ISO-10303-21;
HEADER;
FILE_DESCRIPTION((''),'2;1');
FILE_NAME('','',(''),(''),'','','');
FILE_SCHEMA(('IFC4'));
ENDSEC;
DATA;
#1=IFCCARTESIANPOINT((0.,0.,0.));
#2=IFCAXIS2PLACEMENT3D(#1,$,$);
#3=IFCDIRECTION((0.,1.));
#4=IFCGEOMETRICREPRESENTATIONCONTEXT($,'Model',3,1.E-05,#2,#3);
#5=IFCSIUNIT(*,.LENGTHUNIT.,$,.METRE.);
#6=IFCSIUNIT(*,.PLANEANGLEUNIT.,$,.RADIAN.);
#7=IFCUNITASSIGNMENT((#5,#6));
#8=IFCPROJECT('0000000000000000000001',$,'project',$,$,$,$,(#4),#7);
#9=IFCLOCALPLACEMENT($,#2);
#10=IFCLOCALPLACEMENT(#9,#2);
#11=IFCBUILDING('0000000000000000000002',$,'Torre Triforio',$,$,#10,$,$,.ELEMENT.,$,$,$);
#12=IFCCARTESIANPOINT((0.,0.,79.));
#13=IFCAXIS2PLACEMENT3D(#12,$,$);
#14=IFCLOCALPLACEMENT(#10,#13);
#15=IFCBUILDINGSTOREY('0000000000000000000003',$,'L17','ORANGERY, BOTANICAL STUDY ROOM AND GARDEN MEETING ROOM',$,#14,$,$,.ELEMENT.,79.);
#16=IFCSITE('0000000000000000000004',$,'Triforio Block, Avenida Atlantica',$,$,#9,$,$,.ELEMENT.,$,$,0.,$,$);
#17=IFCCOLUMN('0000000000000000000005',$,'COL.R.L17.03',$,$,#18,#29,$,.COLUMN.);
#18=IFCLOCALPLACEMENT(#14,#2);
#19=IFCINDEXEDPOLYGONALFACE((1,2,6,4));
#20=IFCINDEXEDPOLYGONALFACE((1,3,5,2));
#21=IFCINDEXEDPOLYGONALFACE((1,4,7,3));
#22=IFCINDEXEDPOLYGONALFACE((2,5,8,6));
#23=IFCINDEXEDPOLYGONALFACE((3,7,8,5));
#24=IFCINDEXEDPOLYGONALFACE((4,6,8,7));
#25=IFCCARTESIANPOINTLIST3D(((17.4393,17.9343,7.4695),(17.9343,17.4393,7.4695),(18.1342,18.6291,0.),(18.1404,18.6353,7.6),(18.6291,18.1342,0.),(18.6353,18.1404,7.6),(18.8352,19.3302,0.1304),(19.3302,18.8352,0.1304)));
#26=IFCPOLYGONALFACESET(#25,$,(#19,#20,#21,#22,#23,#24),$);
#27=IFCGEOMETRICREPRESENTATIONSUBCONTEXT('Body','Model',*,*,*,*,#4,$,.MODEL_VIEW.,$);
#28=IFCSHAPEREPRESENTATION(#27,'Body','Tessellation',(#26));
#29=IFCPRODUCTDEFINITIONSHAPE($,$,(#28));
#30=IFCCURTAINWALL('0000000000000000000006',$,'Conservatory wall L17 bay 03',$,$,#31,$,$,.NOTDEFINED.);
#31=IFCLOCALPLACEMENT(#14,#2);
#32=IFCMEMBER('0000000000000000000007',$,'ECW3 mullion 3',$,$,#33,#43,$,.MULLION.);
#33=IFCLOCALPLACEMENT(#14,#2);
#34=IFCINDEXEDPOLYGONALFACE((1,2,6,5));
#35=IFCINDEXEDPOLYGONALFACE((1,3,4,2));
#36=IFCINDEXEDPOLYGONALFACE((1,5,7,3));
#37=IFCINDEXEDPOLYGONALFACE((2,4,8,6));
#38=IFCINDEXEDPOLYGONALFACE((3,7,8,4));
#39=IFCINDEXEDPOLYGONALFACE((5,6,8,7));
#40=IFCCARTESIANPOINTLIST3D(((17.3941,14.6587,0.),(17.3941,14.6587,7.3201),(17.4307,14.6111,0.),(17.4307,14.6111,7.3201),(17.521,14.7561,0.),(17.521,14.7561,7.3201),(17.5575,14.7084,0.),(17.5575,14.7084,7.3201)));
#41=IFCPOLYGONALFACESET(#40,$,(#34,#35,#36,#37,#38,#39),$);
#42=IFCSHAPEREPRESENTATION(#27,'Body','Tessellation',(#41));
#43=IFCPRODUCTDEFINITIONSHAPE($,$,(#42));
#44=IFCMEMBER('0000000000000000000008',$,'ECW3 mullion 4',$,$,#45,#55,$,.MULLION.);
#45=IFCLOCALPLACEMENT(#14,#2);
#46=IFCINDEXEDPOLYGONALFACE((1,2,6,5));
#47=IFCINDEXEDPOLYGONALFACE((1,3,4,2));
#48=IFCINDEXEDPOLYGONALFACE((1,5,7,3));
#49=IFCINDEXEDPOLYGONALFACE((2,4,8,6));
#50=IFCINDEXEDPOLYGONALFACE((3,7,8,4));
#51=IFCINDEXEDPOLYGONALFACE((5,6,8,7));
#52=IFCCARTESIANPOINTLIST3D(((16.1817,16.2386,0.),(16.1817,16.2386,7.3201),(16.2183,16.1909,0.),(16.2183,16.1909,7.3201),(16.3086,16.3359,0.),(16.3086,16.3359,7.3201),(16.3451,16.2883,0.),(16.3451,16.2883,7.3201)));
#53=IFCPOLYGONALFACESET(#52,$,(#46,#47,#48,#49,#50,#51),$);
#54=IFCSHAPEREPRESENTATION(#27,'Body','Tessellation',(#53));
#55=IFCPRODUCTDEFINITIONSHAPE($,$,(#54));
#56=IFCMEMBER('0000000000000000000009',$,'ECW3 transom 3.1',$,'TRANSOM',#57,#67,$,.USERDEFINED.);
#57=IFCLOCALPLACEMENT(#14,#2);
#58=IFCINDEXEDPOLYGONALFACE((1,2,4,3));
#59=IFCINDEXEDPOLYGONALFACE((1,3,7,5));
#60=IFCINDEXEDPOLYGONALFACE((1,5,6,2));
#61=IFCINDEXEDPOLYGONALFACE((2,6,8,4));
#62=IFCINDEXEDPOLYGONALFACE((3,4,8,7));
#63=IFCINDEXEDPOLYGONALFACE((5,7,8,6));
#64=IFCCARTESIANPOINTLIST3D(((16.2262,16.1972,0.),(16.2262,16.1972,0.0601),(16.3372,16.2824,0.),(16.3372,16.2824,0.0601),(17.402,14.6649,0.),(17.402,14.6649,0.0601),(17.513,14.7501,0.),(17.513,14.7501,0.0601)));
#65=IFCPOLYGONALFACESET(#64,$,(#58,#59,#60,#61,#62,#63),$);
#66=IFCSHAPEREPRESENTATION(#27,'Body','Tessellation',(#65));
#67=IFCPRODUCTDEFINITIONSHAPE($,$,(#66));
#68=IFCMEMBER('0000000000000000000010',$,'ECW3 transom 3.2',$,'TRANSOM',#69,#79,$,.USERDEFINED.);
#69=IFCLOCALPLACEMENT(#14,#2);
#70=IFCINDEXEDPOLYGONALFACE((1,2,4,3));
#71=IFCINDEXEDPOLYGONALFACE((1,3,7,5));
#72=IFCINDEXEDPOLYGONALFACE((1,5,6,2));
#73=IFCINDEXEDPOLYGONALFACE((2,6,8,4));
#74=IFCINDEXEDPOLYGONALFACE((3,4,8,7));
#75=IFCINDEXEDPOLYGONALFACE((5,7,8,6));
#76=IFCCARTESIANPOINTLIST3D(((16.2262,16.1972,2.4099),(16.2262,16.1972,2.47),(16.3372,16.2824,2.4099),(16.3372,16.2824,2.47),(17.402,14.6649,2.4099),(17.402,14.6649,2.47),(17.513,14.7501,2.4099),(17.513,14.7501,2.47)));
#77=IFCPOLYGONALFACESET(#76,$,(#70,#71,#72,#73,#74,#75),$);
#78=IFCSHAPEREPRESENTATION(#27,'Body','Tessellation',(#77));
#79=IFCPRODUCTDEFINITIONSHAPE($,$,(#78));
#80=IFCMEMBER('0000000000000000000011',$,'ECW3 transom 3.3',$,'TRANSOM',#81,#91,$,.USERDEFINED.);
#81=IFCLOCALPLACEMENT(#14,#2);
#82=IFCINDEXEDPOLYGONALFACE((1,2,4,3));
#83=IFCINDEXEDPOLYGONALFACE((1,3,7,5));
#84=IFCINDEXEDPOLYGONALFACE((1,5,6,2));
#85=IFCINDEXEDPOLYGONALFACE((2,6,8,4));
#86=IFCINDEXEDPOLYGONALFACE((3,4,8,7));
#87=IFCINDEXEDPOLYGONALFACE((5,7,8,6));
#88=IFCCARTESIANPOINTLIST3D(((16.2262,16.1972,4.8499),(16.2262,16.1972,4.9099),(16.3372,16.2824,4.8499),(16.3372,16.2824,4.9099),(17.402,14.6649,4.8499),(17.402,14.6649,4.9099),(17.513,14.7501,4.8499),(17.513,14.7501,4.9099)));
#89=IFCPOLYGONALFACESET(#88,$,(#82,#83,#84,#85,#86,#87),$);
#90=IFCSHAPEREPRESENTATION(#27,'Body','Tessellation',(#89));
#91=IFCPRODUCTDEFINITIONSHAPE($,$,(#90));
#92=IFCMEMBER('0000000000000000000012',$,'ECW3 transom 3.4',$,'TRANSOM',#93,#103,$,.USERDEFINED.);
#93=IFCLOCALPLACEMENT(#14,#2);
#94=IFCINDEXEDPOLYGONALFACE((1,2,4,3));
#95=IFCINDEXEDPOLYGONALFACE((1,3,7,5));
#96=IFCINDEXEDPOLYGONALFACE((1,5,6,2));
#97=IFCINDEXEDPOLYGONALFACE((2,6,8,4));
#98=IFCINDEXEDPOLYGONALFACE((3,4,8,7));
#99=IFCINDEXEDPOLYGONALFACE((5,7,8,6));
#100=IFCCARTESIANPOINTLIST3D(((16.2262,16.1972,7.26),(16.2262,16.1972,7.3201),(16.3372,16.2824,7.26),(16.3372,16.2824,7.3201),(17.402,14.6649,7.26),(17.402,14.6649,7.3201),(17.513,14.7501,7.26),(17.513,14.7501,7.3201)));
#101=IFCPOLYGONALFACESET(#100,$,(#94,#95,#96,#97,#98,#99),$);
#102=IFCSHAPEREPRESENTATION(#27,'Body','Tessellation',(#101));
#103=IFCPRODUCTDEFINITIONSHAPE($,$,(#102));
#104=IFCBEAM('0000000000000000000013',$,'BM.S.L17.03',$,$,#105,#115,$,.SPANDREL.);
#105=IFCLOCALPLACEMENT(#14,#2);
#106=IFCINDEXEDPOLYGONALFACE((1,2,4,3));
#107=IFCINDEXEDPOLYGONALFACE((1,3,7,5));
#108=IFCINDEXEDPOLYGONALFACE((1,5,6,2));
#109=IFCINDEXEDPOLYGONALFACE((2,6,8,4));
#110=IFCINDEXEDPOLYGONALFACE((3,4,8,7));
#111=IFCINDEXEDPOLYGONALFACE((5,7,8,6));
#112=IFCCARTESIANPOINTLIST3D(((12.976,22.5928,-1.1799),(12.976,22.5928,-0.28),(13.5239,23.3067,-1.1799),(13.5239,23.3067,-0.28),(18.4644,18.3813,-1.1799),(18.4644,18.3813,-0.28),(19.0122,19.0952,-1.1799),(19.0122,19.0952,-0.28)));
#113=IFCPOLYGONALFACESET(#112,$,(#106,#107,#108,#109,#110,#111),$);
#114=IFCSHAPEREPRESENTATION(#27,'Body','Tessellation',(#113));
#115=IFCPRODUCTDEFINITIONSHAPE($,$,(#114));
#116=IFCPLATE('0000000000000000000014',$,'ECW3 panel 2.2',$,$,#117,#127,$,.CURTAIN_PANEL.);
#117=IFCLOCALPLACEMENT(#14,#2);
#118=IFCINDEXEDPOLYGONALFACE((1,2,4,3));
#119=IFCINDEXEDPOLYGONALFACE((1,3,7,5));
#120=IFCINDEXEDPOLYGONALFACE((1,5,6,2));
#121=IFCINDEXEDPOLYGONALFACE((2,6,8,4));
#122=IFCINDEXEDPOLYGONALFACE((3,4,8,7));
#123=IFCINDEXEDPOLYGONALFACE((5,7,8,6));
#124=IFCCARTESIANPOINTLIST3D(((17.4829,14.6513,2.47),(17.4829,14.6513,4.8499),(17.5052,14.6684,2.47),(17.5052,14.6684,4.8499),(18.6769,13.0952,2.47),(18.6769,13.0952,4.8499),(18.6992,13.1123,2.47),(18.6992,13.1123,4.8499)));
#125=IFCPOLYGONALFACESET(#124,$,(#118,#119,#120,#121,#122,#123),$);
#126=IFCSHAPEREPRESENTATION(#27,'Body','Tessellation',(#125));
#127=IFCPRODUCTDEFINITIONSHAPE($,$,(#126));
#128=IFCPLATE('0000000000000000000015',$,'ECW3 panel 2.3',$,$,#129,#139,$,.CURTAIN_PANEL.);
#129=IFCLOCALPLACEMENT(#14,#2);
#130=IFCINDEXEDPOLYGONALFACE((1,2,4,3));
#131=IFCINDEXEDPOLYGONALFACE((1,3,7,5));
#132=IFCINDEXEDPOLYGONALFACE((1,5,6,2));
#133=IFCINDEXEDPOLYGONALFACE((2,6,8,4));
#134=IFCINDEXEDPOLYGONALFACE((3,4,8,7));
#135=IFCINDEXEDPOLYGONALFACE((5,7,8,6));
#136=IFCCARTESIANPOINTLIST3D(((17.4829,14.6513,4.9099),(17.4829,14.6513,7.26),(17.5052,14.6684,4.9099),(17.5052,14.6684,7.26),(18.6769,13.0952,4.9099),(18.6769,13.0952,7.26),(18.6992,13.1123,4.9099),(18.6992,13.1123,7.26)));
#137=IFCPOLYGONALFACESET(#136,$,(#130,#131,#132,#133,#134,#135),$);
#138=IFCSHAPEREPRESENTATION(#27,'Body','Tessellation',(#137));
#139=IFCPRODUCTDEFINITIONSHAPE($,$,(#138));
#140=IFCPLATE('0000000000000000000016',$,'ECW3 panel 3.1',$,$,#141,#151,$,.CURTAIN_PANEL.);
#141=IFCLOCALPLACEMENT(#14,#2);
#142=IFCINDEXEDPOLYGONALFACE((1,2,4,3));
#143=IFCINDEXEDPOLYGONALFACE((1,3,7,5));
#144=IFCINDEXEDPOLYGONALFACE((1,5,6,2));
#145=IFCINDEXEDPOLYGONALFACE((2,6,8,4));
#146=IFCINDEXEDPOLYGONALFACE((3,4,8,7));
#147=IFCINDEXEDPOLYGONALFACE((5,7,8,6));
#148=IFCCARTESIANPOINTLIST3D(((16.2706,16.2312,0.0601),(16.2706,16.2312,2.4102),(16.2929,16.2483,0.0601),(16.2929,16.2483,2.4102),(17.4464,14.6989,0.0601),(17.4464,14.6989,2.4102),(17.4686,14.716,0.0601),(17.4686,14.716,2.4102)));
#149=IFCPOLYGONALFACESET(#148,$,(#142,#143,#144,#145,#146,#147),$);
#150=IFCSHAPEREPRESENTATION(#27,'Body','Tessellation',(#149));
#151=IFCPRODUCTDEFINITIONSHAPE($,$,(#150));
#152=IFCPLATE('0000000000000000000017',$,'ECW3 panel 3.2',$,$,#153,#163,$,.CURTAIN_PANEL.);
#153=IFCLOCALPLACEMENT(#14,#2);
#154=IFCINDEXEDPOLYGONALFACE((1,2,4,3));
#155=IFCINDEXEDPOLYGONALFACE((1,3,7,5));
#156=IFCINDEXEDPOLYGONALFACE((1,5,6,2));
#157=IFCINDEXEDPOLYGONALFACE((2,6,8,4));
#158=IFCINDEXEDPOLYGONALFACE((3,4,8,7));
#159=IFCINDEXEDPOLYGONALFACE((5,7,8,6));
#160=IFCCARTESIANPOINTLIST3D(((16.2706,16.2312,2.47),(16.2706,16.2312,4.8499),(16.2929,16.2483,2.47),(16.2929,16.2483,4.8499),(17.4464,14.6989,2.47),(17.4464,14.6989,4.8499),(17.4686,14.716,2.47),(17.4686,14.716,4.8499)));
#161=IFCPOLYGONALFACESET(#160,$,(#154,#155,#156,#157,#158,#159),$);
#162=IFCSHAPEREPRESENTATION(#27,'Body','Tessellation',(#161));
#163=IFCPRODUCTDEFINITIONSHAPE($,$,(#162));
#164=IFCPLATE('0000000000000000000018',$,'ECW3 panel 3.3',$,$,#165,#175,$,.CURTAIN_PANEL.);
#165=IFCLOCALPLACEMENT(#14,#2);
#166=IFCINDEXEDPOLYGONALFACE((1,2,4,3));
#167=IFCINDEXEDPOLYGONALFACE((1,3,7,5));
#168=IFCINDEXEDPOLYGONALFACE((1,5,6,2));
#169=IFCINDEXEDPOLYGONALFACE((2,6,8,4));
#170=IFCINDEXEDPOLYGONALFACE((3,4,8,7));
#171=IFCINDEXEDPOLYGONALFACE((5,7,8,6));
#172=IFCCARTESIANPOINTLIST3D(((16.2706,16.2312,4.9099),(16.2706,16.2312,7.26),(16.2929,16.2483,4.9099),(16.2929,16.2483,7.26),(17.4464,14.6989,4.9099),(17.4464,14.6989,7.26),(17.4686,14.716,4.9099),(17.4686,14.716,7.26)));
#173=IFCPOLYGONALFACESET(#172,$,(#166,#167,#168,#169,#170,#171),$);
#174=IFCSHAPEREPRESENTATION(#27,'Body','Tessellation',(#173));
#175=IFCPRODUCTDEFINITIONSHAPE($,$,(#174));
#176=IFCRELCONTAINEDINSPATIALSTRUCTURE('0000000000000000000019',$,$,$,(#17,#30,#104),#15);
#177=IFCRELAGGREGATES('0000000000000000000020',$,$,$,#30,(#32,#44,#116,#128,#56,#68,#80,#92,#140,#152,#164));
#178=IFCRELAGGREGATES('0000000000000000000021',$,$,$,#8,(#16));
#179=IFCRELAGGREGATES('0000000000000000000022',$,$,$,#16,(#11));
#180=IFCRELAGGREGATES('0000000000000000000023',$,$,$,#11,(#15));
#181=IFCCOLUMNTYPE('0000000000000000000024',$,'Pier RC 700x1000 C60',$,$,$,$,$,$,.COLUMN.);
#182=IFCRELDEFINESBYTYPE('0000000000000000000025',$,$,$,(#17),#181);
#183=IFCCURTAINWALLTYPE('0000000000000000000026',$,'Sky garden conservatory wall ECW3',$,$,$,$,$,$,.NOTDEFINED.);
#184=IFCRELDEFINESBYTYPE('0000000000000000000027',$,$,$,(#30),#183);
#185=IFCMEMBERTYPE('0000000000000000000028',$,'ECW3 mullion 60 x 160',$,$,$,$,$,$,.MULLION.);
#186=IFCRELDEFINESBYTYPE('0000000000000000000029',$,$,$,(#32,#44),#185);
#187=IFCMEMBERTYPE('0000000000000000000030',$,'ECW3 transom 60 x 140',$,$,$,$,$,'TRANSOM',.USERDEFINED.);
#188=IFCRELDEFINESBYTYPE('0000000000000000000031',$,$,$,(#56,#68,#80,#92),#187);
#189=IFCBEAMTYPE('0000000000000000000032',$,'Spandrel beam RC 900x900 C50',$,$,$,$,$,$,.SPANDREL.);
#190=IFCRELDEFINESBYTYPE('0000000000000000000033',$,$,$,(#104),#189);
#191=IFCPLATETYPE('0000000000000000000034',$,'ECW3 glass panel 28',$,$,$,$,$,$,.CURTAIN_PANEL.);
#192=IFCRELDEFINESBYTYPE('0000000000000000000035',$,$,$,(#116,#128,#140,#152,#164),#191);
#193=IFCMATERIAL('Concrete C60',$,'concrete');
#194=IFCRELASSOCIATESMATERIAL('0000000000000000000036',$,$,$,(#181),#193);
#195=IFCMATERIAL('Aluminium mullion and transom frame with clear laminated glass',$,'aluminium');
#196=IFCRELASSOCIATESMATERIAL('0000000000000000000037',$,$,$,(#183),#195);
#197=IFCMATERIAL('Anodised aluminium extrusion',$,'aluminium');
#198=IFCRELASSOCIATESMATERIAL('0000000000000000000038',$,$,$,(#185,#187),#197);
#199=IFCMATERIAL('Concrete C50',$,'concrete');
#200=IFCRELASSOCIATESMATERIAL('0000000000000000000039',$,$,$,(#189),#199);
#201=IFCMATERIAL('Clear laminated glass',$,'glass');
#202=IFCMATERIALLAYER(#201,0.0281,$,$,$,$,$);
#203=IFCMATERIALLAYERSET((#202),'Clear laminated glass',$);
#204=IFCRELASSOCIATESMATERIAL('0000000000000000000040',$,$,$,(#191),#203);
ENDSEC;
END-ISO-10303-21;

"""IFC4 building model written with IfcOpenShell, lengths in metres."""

from ifc_helpers import new_model, si_unit, direction, frame, origin, origin_2d, place, context, subcontext, project, spatial, rectangle, extrude, material, layer, layer_set, material_profile, profile_set, type_object, element, aggregate, save


model = new_model("IFC4")

# Units and contexts
model_context = context("Model", 3, precision=1e-05, world=origin(), true_north=direction((0.0, 1.0)))
body_context = subcontext(model_context, "Body", "Model", "MODEL_VIEW")
ifc_project = project(units=[si_unit("LENGTHUNIT", "METRE"), si_unit("PLANEANGLEUNIT", "RADIAN")], contexts=[model_context])

# Site, building, storey
site_placement = place(None, origin())
site = spatial("IfcSite", under=ifc_project, at=site_placement, Name="Triforio Block, Avenida Atlantica", CompositionType="ELEMENT", RefElevation=0.0)
building_placement = place(site_placement, origin())
building = spatial("IfcBuilding", under=site, at=building_placement, Name="Torre Triforio", CompositionType="ELEMENT")
storey_placement = place(building_placement, frame((0.0, 0.0, 79.0)))
storey = spatial("IfcBuildingStorey", under=building, at=storey_placement, Name="L17", Description="ORANGERY, BOTANICAL STUDY ROOM AND GARDEN MEETING ROOM", CompositionType="ELEMENT", Elevation=79.0)

# Column
ifc_material_1 = material(Name="Concrete C60", Category="concrete")
ifc_material_profile_1 = material_profile(ifc_material_1, rectangle(XDim=0.7, YDim=1.0, at=origin_2d()), Name="RC 700x1000")
ifc_profile_set_1 = profile_set([ifc_material_profile_1], Name="Concrete C60")
column_type = type_object("IfcColumnType", Name="Pier RC 700x1000 C60", PredefinedType="COLUMN", material=ifc_profile_set_1)
column_placement = place(storey_placement, frame((18.7322, 18.7322, 0.0652), z_axis=(-0.092227, -0.092227, 0.991458), x_axis=(0.707107, -0.707107, 0.0)))
element("IfcColumn", 1, at=column_placement, inside=storey, type_object=column_type, Name="COL.R.L17.03", PredefinedType="COLUMN", context=body_context, shape_type="SweptSolid", body=[
    extrude(rectangle(XDim=0.7, YDim=1.0, at=origin_2d()), origin(), (0.0, 0.0, 1.0), 7.5339),
])

# Curtain wall, members
ifc_material_2 = material(Name="Aluminium mullion and transom frame with clear laminated glass", Category="aluminium")
curtain_wall_type = type_object("IfcCurtainWallType", Name="Sky garden conservatory wall ECW3", PredefinedType="NOTDEFINED", material=ifc_material_2)
curtain_wall_placement = place(storey_placement, origin())
curtain_wall = element("IfcCurtainWall", 2, at=curtain_wall_placement, inside=storey, type_object=curtain_wall_type, Name="Conservatory wall L17 bay 03", PredefinedType="NOTDEFINED")
ifc_material_3 = material(Name="Anodised aluminium extrusion", Category="aluminium")
ifc_material_profile_2 = material_profile(ifc_material_3, rectangle(XDim=0.1599, YDim=0.0601, at=origin_2d()), Name="ECW3 MULLION 60x160")
ifc_profile_set_2 = profile_set([ifc_material_profile_2], Name="Anodised aluminium extrusion")
member_type_1 = type_object("IfcMemberType", Name="ECW3 mullion 60 x 160", PredefinedType="MULLION", material=ifc_profile_set_2)
member_1_placement = place(storey_placement, frame((17.4758, 14.6836, 0.0), z_axis=(0.0, 0.0, 1.0), x_axis=(-0.79336, -0.608752, 0.0)))
member_1 = element("IfcMember", 3, at=member_1_placement, type_object=member_type_1, Name="ECW3 mullion 3", PredefinedType="MULLION", context=body_context, shape_type="SweptSolid", body=[
    extrude(rectangle(XDim=0.1599, YDim=0.0601, at=origin_2d()), origin(), (0.0, 0.0, 1.0), 7.3201),
])
member_2_placement = place(storey_placement, frame((16.2634, 16.2634, 0.0), z_axis=(0.0, 0.0, 1.0), x_axis=(-0.79336, -0.608752, 0.0)))
member_2 = element("IfcMember", 4, at=member_2_placement, type_object=member_type_1, Name="ECW3 mullion 4", PredefinedType="MULLION", context=body_context, shape_type="SweptSolid", body=[
    extrude(rectangle(XDim=0.1599, YDim=0.0601, at=origin_2d()), origin(), (0.0, 0.0, 1.0), 7.3201),
])
ifc_material_profile_3 = material_profile(ifc_material_3, rectangle(XDim=0.1399, YDim=0.0601, at=origin_2d()), Name="ECW3 TRANSOM 60x140")
ifc_profile_set_3 = profile_set([ifc_material_profile_3], Name="Anodised aluminium extrusion")
member_type_2 = type_object("IfcMemberType", Name="ECW3 transom 60 x 140", ElementType="TRANSOM", PredefinedType="USERDEFINED", material=ifc_profile_set_3)
member_3_placement = place(storey_placement, frame((17.4575, 14.7075, 0.03), z_axis=(-0.608782, 0.793338, 0.0), x_axis=(-0.793338, -0.608782, 0.0)))
member_3 = element("IfcMember", 5, at=member_3_placement, type_object=member_type_2, Name="ECW3 transom 3.1", ObjectType="TRANSOM", PredefinedType="USERDEFINED", context=body_context, shape_type="SweptSolid", body=[
    extrude(rectangle(XDim=0.1399, YDim=0.0601, at=origin_2d()), origin(), (0.0, 0.0, 1.0), 1.9314),
])
member_4_placement = place(storey_placement, frame((17.4575, 14.7075, 2.4399), z_axis=(-0.608782, 0.793338, 0.0), x_axis=(-0.793338, -0.608782, 0.0)))
member_4 = element("IfcMember", 6, at=member_4_placement, type_object=member_type_2, Name="ECW3 transom 3.2", ObjectType="TRANSOM", PredefinedType="USERDEFINED", context=body_context, shape_type="SweptSolid", body=[
    extrude(rectangle(XDim=0.1399, YDim=0.0601, at=origin_2d()), origin(), (0.0, 0.0, 1.0), 1.9314),
])
member_5_placement = place(storey_placement, frame((17.4575, 14.7075, 4.8799), z_axis=(-0.608782, 0.793338, 0.0), x_axis=(-0.793338, -0.608782, 0.0)))
member_5 = element("IfcMember", 7, at=member_5_placement, type_object=member_type_2, Name="ECW3 transom 3.3", ObjectType="TRANSOM", PredefinedType="USERDEFINED", context=body_context, shape_type="SweptSolid", body=[
    extrude(rectangle(XDim=0.1399, YDim=0.0601, at=origin_2d()), origin(), (0.0, 0.0, 1.0), 1.9314),
])
member_6_placement = place(storey_placement, frame((17.4575, 14.7075, 7.29), z_axis=(-0.608782, 0.793338, 0.0), x_axis=(-0.793338, -0.608782, 0.0)))
member_6 = element("IfcMember", 8, at=member_6_placement, type_object=member_type_2, Name="ECW3 transom 3.4", ObjectType="TRANSOM", PredefinedType="USERDEFINED", context=body_context, shape_type="SweptSolid", body=[
    extrude(rectangle(XDim=0.1399, YDim=0.0601, at=origin_2d()), origin(), (0.0, 0.0, 1.0), 1.9314),
])

# Beam
ifc_material_4 = material(Name="Concrete C50", Category="concrete")
ifc_material_profile_4 = material_profile(ifc_material_4, rectangle(XDim=0.8999, YDim=0.8999, at=origin_2d()), Name="RC 900x900")
ifc_profile_set_4 = profile_set([ifc_material_profile_4], Name="Concrete C50")
beam_type = type_object("IfcBeamType", Name="Spandrel beam RC 900x900 C50", PredefinedType="SPANDREL", material=ifc_profile_set_4)
beam_placement = place(storey_placement, frame((18.7383, 18.7383, -0.73), z_axis=(-0.793345, 0.608772, 0.0), x_axis=(-0.608772, -0.793345, 0.0)))
element("IfcBeam", 9, at=beam_placement, inside=storey, type_object=beam_type, Name="BM.S.L17.03", PredefinedType="SPANDREL", context=body_context, shape_type="SweptSolid", body=[
    extrude(rectangle(XDim=0.8999, YDim=0.8999, at=origin_2d()), origin(), (0.0, 0.0, 1.0), 6.918),
])

# Plates
ifc_material_5 = material(Name="Clear laminated glass", Category="glass")
ifc_layer_1 = layer(ifc_material_5, 0.0281)
ifc_layer_set_1 = layer_set([ifc_layer_1], Name="Clear laminated glass")
plate_type = type_object("IfcPlateType", Name="ECW3 glass panel 28", PredefinedType="CURTAIN_PANEL", material=ifc_layer_set_1)
plate_1_placement = place(storey_placement, frame((18.0911, 13.8818, 2.47), z_axis=(0.0, 0.0, 1.0), x_axis=(-0.608752, 0.79336, 0.0)))
plate_1 = element("IfcPlate", 10, at=plate_1_placement, type_object=plate_type, Name="ECW3 panel 2.2", PredefinedType="CURTAIN_PANEL", context=body_context, shape_type="SweptSolid", body=[
    extrude(rectangle(XDim=1.9614, YDim=0.0281, at=origin_2d()), origin(), (0.0, 0.0, 1.0), 2.3799),
])
plate_2_placement = place(storey_placement, frame((18.0911, 13.8818, 4.9099), z_axis=(0.0, 0.0, 1.0), x_axis=(-0.608752, 0.79336, 0.0)))
plate_2 = element("IfcPlate", 11, at=plate_2_placement, type_object=plate_type, Name="ECW3 panel 2.3", PredefinedType="CURTAIN_PANEL", context=body_context, shape_type="SweptSolid", body=[
    extrude(rectangle(XDim=1.9614, YDim=0.0281, at=origin_2d()), origin(), (0.0, 0.0, 1.0), 2.3501),
])
plate_3_placement = place(storey_placement, frame((16.8696, 15.4736, 0.0601), z_axis=(0.0, 0.0, 1.0), x_axis=(-0.608752, 0.79336, 0.0)))
plate_3 = element("IfcPlate", 12, at=plate_3_placement, type_object=plate_type, Name="ECW3 panel 3.1", PredefinedType="CURTAIN_PANEL", context=body_context, shape_type="SweptSolid", body=[
    extrude(rectangle(XDim=1.9314, YDim=0.0281, at=origin_2d()), origin(), (0.0, 0.0, 1.0), 2.3501),
])
plate_4_placement = place(storey_placement, frame((16.8696, 15.4736, 2.47), z_axis=(0.0, 0.0, 1.0), x_axis=(-0.608752, 0.79336, 0.0)))
plate_4 = element("IfcPlate", 13, at=plate_4_placement, type_object=plate_type, Name="ECW3 panel 3.2", PredefinedType="CURTAIN_PANEL", context=body_context, shape_type="SweptSolid", body=[
    extrude(rectangle(XDim=1.9314, YDim=0.0281, at=origin_2d()), origin(), (0.0, 0.0, 1.0), 2.3799),
])
plate_5_placement = place(storey_placement, frame((16.8696, 15.4736, 4.9099), z_axis=(0.0, 0.0, 1.0), x_axis=(-0.608752, 0.79336, 0.0)))
plate_5 = element("IfcPlate", 14, at=plate_5_placement, type_object=plate_type, Name="ECW3 panel 3.3", PredefinedType="CURTAIN_PANEL", context=body_context, shape_type="SweptSolid", body=[
    extrude(rectangle(XDim=1.9314, YDim=0.0281, at=origin_2d()), origin(), (0.0, 0.0, 1.0), 2.3501),
])
aggregate(curtain_wall, [member_1, member_2, plate_1, plate_2, member_3, member_4, member_5, member_6, plate_3, plate_4, plate_5])

save(model, "model.ifc")
